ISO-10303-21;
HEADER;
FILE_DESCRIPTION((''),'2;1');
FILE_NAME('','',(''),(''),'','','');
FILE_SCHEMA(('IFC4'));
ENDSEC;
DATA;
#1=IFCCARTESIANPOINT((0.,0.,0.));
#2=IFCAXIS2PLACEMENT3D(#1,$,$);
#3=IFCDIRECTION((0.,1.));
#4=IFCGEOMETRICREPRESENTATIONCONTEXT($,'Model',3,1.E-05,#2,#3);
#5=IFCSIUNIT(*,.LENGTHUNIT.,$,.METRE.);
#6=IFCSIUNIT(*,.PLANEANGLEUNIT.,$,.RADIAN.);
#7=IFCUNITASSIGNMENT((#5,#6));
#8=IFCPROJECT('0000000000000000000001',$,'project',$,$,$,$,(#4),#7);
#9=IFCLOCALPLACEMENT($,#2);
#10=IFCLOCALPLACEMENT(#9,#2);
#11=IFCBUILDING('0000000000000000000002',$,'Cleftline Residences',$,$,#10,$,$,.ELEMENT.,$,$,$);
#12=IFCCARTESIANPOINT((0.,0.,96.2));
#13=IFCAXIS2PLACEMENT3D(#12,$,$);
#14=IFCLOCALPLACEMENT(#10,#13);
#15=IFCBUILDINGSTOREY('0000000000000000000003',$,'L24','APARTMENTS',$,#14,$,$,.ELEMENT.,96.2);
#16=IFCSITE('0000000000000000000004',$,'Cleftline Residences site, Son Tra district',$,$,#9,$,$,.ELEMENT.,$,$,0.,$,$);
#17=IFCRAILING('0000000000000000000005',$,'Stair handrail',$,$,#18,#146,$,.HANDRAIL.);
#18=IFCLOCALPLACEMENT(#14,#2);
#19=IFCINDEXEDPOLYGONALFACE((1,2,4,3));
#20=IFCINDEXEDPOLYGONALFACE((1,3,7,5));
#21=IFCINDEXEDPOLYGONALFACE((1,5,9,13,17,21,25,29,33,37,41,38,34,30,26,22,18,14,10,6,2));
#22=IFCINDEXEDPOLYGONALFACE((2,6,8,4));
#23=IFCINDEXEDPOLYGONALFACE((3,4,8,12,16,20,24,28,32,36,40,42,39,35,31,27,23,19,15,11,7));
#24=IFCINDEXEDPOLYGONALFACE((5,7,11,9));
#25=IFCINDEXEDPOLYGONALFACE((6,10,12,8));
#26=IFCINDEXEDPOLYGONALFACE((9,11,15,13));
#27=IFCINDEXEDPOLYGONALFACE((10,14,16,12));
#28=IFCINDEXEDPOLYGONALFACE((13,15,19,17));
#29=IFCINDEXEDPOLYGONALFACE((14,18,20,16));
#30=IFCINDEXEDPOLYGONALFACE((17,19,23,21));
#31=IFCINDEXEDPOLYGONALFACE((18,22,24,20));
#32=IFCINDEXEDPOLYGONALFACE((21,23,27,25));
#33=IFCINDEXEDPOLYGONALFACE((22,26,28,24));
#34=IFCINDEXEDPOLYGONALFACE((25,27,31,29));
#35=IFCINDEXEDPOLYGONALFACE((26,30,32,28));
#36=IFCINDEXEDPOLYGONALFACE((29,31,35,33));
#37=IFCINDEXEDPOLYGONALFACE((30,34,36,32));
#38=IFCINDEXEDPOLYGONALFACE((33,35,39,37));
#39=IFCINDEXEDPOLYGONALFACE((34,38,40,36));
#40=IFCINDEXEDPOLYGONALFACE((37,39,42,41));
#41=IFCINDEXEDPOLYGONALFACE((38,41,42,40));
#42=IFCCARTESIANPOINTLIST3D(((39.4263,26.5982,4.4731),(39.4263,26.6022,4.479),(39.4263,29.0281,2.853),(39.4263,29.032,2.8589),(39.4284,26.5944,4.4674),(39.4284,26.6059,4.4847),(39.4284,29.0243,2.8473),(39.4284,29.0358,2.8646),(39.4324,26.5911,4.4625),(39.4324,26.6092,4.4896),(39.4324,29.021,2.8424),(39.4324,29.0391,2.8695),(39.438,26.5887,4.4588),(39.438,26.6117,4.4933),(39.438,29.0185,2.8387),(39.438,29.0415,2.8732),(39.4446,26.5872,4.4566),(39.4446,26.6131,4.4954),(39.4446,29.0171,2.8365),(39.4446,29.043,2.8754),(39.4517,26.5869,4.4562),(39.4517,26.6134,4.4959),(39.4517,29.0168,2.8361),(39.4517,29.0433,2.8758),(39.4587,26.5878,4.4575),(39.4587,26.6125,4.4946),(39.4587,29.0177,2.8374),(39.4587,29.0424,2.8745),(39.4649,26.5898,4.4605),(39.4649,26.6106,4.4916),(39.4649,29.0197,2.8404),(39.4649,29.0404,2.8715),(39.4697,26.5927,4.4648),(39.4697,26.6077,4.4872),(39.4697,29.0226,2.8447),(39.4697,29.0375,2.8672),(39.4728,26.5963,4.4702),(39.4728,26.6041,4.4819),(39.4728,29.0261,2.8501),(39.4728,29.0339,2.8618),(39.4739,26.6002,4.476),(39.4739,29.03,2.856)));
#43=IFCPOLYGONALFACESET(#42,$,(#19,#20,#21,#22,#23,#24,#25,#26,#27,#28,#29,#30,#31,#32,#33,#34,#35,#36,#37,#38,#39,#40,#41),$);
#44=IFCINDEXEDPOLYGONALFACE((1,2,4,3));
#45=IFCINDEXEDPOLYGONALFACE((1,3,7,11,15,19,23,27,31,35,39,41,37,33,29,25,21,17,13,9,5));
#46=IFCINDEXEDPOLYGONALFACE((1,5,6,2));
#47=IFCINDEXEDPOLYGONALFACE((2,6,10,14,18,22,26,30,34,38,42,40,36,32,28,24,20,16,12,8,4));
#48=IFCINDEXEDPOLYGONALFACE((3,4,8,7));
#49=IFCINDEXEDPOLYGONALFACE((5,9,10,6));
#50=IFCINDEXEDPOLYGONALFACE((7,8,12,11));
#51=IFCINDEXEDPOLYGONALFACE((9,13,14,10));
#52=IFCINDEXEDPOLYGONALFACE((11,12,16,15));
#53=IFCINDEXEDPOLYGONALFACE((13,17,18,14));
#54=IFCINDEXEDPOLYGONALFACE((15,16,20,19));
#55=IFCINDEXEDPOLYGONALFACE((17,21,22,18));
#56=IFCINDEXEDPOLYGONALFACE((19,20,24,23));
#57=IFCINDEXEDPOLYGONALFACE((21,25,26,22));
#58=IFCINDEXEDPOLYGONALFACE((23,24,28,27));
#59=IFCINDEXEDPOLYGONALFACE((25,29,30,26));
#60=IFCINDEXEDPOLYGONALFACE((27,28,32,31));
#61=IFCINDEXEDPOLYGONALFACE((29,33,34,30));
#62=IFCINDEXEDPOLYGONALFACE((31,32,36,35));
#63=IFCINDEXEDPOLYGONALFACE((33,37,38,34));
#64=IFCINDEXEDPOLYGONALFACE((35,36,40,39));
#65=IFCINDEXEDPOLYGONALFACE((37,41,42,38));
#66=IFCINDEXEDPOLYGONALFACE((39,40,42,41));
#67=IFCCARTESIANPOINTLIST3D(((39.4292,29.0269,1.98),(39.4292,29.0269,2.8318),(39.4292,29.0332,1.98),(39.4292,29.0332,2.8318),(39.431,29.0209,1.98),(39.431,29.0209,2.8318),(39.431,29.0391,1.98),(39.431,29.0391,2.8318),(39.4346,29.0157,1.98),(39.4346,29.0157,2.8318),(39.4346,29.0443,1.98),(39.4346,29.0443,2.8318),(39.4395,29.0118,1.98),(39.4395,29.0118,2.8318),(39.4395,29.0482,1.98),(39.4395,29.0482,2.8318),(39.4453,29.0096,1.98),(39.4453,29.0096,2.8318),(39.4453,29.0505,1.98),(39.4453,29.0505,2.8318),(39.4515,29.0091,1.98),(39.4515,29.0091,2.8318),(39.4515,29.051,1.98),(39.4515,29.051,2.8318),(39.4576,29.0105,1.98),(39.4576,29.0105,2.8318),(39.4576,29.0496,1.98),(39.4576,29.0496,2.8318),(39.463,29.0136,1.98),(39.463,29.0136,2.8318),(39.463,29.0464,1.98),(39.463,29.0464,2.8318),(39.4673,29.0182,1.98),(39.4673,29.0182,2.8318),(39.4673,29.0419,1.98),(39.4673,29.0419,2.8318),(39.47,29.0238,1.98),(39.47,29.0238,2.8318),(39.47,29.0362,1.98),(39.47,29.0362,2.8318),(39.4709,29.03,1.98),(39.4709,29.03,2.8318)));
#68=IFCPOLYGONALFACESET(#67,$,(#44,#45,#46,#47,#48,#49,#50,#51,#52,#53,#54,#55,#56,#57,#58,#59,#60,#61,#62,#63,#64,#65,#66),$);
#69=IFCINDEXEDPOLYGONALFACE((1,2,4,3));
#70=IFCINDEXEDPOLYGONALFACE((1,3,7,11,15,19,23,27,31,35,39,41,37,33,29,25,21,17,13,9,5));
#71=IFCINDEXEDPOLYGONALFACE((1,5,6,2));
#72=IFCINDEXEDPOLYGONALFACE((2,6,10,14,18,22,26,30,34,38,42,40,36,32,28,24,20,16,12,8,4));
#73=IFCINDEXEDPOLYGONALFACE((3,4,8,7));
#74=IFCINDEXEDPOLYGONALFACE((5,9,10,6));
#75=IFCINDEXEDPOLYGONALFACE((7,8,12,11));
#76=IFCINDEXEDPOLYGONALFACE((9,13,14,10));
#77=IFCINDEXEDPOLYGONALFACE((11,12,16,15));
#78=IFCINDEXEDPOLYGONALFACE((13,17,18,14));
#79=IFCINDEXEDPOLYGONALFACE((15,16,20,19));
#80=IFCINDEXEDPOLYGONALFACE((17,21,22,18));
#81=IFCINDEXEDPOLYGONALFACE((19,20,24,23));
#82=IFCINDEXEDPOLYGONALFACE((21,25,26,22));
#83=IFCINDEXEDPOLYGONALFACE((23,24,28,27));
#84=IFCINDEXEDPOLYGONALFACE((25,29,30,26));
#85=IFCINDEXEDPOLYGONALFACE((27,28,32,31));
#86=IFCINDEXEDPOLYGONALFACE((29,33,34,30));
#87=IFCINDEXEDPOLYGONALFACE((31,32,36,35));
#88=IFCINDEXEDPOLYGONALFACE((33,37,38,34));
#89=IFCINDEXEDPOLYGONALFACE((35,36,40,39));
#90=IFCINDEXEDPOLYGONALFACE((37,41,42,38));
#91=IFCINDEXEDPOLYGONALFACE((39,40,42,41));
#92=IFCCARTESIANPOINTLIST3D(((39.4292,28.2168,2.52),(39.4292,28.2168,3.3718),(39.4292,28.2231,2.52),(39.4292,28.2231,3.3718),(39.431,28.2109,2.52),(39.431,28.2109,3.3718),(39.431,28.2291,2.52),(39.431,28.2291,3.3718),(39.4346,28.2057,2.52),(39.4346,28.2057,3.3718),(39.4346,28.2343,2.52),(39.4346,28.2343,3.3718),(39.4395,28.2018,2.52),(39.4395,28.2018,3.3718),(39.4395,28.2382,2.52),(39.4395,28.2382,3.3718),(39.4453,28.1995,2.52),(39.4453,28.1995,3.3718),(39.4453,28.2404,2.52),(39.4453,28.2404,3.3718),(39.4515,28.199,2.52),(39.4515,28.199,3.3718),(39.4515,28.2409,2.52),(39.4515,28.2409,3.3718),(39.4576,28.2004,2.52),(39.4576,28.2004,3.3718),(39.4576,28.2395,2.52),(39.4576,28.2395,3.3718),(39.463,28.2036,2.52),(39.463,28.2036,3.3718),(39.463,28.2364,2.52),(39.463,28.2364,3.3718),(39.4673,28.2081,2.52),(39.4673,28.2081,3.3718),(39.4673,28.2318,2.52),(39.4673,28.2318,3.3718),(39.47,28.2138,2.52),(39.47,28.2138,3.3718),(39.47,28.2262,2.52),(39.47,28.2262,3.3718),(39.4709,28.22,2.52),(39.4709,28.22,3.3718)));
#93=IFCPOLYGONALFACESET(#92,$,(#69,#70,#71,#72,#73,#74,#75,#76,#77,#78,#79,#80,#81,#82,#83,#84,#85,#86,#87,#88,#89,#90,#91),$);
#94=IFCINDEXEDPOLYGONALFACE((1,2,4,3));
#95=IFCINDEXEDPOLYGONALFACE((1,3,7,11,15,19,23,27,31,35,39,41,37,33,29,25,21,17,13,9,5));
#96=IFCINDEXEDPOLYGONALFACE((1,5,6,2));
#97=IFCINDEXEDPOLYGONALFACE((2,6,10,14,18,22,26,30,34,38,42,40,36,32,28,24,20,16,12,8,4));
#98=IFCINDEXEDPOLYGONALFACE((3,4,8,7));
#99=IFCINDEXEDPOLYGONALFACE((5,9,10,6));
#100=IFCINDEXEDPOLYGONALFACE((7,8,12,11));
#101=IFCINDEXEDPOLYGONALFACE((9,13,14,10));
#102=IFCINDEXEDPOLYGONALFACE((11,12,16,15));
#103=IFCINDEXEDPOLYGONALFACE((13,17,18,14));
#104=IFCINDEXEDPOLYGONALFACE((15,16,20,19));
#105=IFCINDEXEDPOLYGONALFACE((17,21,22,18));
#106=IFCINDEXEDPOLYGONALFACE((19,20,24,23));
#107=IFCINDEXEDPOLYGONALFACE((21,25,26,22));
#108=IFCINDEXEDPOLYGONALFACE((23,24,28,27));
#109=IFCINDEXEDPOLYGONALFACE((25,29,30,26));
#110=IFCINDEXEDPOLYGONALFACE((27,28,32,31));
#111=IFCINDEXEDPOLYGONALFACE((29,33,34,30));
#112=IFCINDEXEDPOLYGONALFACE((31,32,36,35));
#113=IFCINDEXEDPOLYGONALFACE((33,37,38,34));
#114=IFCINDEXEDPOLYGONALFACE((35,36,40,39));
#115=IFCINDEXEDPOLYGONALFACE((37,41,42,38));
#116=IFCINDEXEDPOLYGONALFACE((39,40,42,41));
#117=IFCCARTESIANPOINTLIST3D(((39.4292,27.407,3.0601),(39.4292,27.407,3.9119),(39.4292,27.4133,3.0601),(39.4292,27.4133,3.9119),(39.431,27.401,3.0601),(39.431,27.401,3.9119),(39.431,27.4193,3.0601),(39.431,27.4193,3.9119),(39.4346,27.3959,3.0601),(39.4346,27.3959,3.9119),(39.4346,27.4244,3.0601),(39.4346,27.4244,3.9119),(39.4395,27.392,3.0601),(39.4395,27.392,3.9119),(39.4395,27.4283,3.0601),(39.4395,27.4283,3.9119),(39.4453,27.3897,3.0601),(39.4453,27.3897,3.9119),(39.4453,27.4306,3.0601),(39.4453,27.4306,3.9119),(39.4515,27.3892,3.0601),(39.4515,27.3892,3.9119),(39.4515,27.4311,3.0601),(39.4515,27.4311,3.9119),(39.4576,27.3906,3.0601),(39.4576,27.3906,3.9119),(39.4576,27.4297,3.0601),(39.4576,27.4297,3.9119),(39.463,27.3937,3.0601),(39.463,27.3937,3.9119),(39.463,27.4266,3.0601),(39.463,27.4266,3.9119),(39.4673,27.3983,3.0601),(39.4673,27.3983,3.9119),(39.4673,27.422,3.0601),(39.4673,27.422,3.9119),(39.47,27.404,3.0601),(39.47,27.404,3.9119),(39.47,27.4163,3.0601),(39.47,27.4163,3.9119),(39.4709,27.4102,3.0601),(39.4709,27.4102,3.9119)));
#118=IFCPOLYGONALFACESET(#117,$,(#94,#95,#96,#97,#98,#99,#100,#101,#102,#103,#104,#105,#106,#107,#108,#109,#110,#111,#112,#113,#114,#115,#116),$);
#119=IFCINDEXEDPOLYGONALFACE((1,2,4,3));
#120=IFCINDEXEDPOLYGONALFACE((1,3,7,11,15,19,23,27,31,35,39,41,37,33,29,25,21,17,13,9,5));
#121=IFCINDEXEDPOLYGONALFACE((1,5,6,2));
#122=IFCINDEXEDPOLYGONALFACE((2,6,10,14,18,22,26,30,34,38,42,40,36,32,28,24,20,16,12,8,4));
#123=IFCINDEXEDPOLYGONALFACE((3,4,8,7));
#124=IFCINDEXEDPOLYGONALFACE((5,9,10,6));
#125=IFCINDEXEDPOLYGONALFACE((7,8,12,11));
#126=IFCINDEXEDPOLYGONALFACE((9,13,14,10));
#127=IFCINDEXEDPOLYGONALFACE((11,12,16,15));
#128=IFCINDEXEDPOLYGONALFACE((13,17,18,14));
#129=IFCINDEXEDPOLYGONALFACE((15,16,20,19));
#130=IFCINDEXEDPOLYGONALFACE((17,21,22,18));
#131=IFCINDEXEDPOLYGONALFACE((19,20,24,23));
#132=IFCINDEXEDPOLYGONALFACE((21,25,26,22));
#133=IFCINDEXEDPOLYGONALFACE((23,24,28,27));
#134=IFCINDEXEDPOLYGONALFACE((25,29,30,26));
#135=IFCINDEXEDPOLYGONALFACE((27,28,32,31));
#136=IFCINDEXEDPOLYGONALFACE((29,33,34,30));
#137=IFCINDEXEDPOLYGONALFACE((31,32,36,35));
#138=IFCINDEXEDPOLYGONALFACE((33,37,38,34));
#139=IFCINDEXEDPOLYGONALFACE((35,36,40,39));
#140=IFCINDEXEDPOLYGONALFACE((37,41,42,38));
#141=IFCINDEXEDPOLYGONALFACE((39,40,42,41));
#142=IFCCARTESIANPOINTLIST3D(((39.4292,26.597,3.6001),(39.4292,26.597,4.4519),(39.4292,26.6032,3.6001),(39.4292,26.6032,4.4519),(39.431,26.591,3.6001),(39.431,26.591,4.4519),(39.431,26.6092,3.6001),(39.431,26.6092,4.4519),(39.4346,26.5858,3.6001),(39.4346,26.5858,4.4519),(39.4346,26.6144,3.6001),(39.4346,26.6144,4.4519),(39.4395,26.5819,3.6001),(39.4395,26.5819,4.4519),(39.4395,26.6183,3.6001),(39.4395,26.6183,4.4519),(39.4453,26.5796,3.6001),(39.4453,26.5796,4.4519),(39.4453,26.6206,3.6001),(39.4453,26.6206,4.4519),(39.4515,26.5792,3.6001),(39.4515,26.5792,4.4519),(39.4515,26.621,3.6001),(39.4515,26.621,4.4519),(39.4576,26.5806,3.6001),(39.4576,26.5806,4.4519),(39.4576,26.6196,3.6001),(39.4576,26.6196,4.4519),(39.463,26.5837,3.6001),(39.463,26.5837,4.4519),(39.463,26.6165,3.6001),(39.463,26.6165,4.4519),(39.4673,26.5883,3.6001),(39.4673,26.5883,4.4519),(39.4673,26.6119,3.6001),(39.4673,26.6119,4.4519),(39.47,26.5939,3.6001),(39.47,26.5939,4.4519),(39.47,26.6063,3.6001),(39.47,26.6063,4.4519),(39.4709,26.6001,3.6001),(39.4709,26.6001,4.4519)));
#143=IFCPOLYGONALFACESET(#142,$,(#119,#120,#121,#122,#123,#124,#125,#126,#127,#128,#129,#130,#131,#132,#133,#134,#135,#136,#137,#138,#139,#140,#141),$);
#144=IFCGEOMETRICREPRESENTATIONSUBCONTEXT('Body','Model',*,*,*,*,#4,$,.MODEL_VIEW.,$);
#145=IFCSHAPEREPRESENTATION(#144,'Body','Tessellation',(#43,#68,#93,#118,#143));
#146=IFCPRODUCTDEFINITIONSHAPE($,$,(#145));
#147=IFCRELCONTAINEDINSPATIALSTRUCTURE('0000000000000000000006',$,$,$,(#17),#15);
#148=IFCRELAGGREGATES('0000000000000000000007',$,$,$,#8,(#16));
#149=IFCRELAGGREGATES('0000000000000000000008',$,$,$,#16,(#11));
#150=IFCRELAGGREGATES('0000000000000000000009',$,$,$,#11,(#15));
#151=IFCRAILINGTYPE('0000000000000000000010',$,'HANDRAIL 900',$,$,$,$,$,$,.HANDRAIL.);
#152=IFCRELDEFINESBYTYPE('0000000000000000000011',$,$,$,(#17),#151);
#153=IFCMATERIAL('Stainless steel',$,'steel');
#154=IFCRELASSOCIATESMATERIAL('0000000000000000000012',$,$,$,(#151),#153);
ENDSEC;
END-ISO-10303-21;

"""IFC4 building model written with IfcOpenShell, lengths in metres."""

from ifc_helpers import new_model, si_unit, direction, frame, origin, origin_2d, place, context, subcontext, project, spatial, circle, extrude, material, type_object, element, save


model = new_model("IFC4")

# Units and contexts
model_context = context("Model", 3, precision=1e-05, world=origin(), true_north=direction((0.0, 1.0)))
body_context = subcontext(model_context, "Body", "Model", "MODEL_VIEW")
ifc_project = project(units=[si_unit("LENGTHUNIT", "METRE"), si_unit("PLANEANGLEUNIT", "RADIAN")], contexts=[model_context])

# Site, building, storey
site_placement = place(None, origin())
site = spatial("IfcSite", under=ifc_project, at=site_placement, Name="Cleftline Residences site, Son Tra district", CompositionType="ELEMENT", RefElevation=0.0)
building_placement = place(site_placement, origin())
building = spatial("IfcBuilding", under=site, at=building_placement, Name="Cleftline Residences", CompositionType="ELEMENT")
storey_placement = place(building_placement, frame((0.0, 0.0, 96.2)))
storey = spatial("IfcBuildingStorey", under=building, at=storey_placement, Name="L24", Description="APARTMENTS", CompositionType="ELEMENT", Elevation=96.2)

# Railing
ifc_material_1 = material(Name="Stainless steel", Category="steel")
railing_type = type_object("IfcRailingType", Name="HANDRAIL 900", PredefinedType="HANDRAIL", material=ifc_material_1)
railing_1_placement = place(storey_placement, frame((39.45, 29.03, 1.98)))
element("IfcRailing", 1, at=railing_1_placement, inside=storey, type_object=railing_type, Name="Stair handrail", PredefinedType="HANDRAIL", context=body_context, shape_type="SweptSolid", body=[
    extrude(circle(Radius=0.0239, at=origin_2d()), frame((0.0, 0.0, 0.876), z_axis=(0.0, -0.832025, 0.554739), x_axis=(1.0, 0.0, 0.0)), (0.0, 0.0, 1.0), 2.9204),
    extrude(circle(Radius=0.021, at=origin_2d()), origin(), (0.0, 0.0, 1.0), 0.8518),
    extrude(circle(Radius=0.021, at=origin_2d()), frame((0.0, -0.8101, 0.54)), (0.0, 0.0, 1.0), 0.8518),
    extrude(circle(Radius=0.021, at=origin_2d()), frame((0.0, -1.6199, 1.0801)), (0.0, 0.0, 1.0), 0.8518),
    extrude(circle(Radius=0.021, at=origin_2d()), frame((0.0, -2.4299, 1.6201)), (0.0, 0.0, 1.0), 0.8518),
])

save(model, "model.ifc")
